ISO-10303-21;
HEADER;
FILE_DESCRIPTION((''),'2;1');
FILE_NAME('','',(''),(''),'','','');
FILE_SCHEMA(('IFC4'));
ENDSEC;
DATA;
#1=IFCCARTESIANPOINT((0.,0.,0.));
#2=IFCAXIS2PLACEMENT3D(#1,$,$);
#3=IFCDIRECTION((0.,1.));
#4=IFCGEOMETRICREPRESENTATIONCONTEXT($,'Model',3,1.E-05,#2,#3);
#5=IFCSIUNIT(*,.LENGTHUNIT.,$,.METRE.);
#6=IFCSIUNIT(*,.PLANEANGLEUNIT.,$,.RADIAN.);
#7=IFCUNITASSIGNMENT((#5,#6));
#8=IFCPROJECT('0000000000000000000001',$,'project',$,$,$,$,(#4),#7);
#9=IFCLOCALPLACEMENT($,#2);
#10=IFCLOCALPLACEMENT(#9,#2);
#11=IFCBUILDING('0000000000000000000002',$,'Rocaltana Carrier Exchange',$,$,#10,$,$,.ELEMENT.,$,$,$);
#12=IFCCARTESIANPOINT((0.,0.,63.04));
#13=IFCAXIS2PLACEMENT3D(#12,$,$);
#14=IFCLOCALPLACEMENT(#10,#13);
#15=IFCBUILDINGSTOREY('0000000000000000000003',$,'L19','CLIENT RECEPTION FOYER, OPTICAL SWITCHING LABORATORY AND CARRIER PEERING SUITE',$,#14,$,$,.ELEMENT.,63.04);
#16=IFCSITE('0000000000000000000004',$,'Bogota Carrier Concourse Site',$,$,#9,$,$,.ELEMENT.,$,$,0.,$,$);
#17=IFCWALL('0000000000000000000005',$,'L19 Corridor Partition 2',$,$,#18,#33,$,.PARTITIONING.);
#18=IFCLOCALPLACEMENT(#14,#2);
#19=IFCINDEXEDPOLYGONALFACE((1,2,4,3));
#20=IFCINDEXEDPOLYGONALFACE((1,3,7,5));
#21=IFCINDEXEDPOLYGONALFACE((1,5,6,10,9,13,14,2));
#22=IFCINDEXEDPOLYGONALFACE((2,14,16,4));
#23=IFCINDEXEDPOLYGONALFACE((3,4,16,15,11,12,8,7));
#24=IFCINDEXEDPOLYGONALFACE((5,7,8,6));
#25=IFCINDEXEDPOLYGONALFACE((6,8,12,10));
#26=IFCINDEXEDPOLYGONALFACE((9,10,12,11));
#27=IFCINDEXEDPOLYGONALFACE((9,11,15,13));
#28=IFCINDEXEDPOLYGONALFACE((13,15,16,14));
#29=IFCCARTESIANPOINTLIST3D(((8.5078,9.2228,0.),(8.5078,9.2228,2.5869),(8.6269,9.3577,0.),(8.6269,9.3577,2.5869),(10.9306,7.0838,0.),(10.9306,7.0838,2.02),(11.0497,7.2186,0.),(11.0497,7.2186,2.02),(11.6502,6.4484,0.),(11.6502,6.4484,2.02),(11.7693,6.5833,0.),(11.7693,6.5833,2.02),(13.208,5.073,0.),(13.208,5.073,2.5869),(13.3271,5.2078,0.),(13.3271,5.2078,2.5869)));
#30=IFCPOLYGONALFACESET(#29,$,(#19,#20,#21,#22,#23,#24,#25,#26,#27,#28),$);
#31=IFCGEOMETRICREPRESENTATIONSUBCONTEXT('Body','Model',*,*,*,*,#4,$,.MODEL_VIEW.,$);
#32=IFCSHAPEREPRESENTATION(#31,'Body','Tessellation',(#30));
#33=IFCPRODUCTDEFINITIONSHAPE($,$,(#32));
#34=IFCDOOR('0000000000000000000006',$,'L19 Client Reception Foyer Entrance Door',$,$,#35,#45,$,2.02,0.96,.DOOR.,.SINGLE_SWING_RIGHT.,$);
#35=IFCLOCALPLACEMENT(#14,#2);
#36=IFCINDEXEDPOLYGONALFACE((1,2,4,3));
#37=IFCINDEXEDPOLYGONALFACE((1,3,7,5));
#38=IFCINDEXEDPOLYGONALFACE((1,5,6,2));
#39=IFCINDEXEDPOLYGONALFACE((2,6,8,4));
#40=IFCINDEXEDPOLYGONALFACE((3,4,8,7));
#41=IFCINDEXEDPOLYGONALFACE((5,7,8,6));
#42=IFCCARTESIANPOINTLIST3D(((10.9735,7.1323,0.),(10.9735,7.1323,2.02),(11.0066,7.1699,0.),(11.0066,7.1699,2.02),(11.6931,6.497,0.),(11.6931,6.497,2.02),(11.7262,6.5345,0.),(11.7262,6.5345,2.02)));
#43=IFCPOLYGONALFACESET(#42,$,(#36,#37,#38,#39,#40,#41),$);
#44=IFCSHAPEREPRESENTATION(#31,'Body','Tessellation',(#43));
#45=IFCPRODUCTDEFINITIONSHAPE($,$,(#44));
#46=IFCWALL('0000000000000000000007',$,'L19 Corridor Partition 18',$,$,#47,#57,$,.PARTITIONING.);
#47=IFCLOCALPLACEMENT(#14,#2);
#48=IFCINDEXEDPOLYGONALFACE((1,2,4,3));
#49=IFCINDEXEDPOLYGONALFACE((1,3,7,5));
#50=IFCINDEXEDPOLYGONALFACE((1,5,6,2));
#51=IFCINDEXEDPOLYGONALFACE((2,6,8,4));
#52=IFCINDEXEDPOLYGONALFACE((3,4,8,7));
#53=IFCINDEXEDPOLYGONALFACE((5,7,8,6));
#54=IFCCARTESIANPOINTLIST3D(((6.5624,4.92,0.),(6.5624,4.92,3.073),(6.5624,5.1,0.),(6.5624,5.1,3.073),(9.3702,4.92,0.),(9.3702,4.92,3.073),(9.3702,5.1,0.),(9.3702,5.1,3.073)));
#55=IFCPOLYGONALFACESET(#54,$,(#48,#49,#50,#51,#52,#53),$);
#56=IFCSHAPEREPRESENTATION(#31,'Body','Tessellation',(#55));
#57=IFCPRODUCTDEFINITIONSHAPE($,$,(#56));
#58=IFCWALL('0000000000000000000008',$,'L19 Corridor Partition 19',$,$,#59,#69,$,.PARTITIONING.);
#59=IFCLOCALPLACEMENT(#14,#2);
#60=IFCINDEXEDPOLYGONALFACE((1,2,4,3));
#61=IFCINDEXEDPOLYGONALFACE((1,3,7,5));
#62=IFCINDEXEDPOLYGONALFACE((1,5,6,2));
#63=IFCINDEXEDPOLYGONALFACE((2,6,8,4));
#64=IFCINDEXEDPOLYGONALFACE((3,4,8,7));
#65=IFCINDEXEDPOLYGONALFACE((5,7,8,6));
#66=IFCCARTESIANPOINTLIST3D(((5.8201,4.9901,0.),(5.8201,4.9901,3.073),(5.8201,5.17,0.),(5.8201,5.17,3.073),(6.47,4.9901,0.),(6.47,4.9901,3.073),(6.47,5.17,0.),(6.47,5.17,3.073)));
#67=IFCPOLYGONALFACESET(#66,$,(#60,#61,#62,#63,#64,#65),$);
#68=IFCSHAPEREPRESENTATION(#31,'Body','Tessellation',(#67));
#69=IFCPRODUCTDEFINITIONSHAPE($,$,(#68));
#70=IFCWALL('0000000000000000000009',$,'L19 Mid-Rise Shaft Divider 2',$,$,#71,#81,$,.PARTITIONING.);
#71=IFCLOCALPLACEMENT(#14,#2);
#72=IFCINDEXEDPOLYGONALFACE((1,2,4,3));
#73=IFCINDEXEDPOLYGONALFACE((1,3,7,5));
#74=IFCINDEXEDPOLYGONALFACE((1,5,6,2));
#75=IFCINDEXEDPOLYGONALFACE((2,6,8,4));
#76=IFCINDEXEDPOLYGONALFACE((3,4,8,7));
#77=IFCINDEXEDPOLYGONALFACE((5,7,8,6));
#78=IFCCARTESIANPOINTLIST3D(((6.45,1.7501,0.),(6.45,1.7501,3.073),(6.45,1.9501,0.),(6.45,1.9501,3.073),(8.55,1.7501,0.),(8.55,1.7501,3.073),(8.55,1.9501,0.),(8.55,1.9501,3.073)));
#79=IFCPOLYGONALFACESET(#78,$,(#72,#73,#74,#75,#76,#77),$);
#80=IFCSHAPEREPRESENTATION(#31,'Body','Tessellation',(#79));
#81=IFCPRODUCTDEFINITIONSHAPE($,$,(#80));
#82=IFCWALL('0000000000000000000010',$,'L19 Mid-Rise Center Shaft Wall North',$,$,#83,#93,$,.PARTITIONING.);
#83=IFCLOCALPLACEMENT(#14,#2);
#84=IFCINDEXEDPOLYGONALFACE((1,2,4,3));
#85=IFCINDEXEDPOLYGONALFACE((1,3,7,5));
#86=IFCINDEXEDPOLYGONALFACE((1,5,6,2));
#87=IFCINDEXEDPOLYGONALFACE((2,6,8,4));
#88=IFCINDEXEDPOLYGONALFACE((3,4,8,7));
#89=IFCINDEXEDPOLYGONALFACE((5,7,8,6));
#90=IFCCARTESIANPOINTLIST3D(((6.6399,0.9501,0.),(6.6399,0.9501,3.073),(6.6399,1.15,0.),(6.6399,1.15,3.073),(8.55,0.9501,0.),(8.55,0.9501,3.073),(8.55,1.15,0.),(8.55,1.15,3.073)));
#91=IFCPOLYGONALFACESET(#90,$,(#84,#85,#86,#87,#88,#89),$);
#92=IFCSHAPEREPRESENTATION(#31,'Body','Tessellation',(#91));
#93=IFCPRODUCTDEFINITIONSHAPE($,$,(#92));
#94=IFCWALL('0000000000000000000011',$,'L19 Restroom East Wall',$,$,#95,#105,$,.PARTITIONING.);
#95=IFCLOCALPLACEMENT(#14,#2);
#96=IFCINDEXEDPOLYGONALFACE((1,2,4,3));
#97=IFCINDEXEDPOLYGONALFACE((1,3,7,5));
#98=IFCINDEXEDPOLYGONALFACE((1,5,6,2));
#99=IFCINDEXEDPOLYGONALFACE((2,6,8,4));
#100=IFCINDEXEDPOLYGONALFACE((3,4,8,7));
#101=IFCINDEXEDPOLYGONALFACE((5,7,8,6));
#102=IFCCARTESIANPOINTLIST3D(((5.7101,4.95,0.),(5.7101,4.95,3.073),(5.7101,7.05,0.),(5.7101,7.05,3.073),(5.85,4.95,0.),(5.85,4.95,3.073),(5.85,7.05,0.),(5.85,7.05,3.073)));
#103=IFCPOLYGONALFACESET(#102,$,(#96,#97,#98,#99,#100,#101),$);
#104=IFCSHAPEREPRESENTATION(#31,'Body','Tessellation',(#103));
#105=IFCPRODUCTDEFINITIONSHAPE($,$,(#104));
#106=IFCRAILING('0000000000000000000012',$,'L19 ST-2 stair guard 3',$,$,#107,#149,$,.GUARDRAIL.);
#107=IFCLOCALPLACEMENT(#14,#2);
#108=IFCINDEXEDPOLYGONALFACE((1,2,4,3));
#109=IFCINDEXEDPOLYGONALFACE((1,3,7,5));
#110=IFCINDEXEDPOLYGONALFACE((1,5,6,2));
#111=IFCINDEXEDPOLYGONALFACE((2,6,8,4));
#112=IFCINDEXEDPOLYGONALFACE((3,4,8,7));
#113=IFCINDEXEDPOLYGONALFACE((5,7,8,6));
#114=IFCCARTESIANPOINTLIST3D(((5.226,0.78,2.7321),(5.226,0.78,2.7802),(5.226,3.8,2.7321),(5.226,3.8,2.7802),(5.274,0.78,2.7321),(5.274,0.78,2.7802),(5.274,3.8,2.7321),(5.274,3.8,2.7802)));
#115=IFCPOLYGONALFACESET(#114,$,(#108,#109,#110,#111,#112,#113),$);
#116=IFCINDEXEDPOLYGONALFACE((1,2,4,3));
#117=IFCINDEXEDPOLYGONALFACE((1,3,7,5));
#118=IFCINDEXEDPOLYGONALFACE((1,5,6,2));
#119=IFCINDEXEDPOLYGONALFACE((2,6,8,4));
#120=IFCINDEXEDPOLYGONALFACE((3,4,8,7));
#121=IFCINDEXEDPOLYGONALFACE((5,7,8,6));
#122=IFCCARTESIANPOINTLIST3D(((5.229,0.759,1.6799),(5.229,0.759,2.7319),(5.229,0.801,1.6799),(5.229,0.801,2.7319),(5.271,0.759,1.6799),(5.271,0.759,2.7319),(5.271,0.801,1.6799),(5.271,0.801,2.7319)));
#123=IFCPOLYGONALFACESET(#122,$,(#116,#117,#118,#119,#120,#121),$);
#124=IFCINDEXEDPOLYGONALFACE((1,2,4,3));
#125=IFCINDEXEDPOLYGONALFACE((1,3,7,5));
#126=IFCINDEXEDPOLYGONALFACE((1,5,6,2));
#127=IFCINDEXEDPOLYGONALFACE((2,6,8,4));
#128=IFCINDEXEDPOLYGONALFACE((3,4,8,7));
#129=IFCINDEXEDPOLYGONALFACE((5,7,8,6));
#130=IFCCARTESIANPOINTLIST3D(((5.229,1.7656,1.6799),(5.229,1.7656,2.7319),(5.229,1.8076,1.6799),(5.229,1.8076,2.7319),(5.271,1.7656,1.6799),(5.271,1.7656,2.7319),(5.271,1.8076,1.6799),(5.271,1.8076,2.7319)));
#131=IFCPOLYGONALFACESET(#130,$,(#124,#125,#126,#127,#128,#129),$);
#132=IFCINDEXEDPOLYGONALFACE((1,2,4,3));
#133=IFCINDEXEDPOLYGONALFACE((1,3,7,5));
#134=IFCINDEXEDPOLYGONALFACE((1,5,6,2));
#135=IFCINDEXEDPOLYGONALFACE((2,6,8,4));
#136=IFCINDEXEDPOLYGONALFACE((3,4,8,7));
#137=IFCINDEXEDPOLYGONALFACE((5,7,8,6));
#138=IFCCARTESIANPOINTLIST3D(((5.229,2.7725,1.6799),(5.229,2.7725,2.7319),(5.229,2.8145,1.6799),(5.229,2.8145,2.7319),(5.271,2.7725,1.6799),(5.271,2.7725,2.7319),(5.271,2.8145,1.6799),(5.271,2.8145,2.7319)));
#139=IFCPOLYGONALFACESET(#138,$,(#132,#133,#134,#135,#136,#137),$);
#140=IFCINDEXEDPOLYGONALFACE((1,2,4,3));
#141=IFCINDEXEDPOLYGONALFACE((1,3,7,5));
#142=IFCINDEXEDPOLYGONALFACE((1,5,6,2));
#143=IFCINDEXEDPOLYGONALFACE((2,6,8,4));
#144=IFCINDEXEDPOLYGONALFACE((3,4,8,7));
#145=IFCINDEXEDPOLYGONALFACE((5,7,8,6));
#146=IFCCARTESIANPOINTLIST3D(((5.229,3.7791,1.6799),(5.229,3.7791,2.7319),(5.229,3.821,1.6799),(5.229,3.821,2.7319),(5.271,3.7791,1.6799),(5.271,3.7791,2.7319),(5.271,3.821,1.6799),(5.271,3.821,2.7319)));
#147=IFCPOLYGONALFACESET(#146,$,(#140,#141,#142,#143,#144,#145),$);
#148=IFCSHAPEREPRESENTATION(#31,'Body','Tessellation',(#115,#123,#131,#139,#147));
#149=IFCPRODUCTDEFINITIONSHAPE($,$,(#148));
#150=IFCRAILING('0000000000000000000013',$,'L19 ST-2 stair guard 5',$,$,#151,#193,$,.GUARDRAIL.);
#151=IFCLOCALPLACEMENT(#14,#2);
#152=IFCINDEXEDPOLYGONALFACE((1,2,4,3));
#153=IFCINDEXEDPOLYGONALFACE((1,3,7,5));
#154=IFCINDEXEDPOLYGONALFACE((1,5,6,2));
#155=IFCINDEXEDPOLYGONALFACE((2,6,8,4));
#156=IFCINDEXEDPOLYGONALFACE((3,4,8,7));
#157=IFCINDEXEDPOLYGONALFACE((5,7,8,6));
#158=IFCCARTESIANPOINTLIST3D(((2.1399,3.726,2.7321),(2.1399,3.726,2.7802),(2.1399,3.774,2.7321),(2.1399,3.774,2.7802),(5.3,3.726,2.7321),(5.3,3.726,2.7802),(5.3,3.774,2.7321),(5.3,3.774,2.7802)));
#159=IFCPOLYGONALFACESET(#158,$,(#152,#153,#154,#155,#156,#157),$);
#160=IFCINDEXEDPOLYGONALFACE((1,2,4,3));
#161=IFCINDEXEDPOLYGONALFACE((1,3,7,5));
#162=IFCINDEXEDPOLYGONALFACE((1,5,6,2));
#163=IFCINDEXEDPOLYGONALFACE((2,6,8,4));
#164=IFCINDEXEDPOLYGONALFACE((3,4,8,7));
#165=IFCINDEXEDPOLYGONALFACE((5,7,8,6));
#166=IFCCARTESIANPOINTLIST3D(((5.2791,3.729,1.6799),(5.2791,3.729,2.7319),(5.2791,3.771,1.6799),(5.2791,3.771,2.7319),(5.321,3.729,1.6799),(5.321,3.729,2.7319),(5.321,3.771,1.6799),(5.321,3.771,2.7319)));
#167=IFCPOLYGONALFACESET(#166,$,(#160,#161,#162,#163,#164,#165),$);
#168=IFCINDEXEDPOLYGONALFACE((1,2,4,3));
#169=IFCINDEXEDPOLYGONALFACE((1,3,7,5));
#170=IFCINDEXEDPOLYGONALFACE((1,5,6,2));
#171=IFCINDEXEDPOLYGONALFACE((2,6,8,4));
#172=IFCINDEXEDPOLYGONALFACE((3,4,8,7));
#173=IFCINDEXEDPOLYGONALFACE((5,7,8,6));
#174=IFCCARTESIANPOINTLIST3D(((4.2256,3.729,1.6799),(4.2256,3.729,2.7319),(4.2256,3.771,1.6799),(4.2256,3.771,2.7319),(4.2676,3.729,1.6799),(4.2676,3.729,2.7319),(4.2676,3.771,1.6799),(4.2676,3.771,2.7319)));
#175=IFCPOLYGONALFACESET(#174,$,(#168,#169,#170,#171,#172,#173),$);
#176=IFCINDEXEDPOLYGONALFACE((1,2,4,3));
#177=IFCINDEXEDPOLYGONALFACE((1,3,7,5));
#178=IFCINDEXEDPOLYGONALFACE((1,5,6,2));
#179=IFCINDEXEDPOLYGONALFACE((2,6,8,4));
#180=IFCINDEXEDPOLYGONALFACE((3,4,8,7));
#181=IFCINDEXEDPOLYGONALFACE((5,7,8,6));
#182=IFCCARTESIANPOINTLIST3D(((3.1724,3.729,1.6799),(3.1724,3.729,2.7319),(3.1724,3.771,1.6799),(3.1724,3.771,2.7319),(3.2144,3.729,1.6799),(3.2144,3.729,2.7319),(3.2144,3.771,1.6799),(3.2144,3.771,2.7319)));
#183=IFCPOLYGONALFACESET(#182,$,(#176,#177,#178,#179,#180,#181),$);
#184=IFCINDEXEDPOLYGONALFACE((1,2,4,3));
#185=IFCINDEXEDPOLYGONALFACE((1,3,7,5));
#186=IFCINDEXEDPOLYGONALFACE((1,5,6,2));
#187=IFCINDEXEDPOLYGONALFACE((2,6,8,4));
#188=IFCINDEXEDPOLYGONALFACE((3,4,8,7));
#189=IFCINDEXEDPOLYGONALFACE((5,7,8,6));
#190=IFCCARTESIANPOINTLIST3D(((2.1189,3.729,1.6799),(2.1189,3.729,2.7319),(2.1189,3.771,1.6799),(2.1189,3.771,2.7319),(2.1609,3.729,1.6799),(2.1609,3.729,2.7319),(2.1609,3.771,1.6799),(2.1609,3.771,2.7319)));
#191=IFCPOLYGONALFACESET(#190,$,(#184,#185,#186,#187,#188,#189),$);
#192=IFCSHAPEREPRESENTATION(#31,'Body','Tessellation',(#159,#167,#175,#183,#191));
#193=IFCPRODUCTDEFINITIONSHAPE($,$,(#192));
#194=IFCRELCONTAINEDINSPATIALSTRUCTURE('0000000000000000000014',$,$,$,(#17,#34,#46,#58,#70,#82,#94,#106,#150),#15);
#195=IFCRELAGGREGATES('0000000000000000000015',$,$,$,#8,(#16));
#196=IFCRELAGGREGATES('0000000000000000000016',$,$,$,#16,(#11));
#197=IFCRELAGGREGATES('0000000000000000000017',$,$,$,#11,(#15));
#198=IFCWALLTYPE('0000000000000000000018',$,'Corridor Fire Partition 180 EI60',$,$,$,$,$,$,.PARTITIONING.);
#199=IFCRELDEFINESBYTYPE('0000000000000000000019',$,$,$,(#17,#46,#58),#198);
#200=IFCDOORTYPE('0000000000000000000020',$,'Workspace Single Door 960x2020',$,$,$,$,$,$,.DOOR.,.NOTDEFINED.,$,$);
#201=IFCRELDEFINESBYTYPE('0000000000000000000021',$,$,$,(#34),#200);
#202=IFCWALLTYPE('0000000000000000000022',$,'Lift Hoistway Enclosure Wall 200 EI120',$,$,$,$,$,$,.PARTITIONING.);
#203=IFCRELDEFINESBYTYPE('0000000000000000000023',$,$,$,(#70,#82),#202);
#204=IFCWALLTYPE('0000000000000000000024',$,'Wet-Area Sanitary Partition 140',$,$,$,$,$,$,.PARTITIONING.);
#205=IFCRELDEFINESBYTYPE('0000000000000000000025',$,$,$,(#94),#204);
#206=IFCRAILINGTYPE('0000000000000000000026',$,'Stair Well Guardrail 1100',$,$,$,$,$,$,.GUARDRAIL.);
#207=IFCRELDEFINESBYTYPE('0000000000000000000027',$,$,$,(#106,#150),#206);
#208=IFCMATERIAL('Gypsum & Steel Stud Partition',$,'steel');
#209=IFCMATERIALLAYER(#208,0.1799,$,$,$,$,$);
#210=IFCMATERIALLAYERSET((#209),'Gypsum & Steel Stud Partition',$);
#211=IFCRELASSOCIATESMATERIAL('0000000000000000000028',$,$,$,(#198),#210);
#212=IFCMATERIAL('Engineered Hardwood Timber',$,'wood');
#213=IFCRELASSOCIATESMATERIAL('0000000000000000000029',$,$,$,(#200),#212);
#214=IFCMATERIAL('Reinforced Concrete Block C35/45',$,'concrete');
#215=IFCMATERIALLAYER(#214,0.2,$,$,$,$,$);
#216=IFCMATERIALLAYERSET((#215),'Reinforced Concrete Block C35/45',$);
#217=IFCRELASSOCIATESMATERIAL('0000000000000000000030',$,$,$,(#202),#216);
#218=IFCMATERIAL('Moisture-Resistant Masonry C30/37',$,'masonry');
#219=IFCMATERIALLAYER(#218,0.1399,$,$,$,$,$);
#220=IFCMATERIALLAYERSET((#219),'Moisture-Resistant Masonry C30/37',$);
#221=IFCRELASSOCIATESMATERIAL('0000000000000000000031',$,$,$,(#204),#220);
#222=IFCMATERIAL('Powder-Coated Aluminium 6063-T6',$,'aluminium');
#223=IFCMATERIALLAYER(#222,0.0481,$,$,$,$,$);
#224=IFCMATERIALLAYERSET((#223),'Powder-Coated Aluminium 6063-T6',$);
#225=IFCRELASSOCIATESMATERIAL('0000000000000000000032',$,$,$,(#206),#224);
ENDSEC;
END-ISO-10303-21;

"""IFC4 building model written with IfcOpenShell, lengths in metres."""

from ifc_helpers import new_model, si_unit, direction, frame, frame_2d, origin, origin_2d, place, context, subcontext, project, spatial, rectangle, extrude, material, layer, layer_set, type_object, element, fill, save


model = new_model("IFC4")

# Units and contexts
model_context = context("Model", 3, precision=1e-05, world=origin(), true_north=direction((0.0, 1.0)))
body_context = subcontext(model_context, "Body", "Model", "MODEL_VIEW")
ifc_project = project(units=[si_unit("LENGTHUNIT", "METRE"), si_unit("PLANEANGLEUNIT", "RADIAN")], contexts=[model_context])

# Site, building, storey
site_placement = place(None, origin())
site = spatial("IfcSite", under=ifc_project, at=site_placement, Name="Bogota Carrier Concourse Site", CompositionType="ELEMENT", RefElevation=0.0)
building_placement = place(site_placement, origin())
building = spatial("IfcBuilding", under=site, at=building_placement, Name="Rocaltana Carrier Exchange", CompositionType="ELEMENT")
storey_placement = place(building_placement, frame((0.0, 0.0, 63.04)))
storey = spatial("IfcBuildingStorey", under=building, at=storey_placement, Name="L19", Description="CLIENT RECEPTION FOYER, OPTICAL SWITCHING LABORATORY AND CARRIER PEERING SUITE", CompositionType="ELEMENT", Elevation=63.04)

# Wall, opening, door
ifc_material_1 = material(Name="Gypsum & Steel Stud Partition", Category="steel")
ifc_layer_1 = layer(ifc_material_1, 0.1799)
ifc_layer_set_1 = layer_set([ifc_layer_1], Name="Gypsum & Steel Stud Partition")
wall_type_1 = type_object("IfcWallType", Name="Corridor Fire Partition 180 EI60", PredefinedType="PARTITIONING", material=ifc_layer_set_1)
wall_1_placement = place(storey_placement, frame((8.5674, 9.2903, 0.0), z_axis=(0.0, 0.0, 1.0), x_axis=(0.749626, -0.661861, 0.0)))
wall_1 = element("IfcWall", 1, at=wall_1_placement, inside=storey, type_object=wall_type_1, Name="L19 Corridor Partition 2", PredefinedType="PARTITIONING", context=body_context, shape_type="SweptSolid", body=[
    extrude(rectangle(XDim=6.27, YDim=0.1799, at=frame_2d((3.135, 0.0))), origin(), (0.0, 0.0, 1.0), 2.5869),
])
opening_placement = place(wall_1_placement, frame((3.2319, 0.0, 0.0)))
opening = element("IfcOpeningElement", 2, at=opening_placement, cuts=wall_1, PredefinedType="OPENING", context=body_context, shape_type="SweptSolid", body=[
    extrude(rectangle(XDim=0.96, YDim=2.02, at=frame_2d((0.48, 1.01))), frame((0.0, 0.0999, 0.0), z_axis=(0.0, -1.0, 0.0), x_axis=(1.0, 0.0, 0.0)), (0.0, 0.0, 1.0), 0.2),
])
ifc_material_2 = material(Name="Engineered Hardwood Timber", Category="wood")
door_type = type_object("IfcDoorType", Name="Workspace Single Door 960x2020", OperationType="NOTDEFINED", PredefinedType="DOOR", material=ifc_material_2)
door_placement = place(opening_placement, origin())
door = element("IfcDoor", 3, at=door_placement, inside=storey, type_object=door_type, Name="L19 Client Reception Foyer Entrance Door", OperationType="SINGLE_SWING_RIGHT", OverallHeight=2.02, OverallWidth=0.96, PredefinedType="DOOR", context=body_context, shape_type="SweptSolid", body=[
    extrude(rectangle(XDim=0.96, YDim=2.02, at=frame_2d((0.48, 1.01))), frame((0.0, 0.0249, 0.0), z_axis=(0.0, -1.0, 0.0), x_axis=(1.0, 0.0, 0.0)), (0.0, 0.0, 1.0), 0.05),
])
fill(opening, door)

# Walls
wall_2_placement = place(storey_placement, frame((9.3701, 5.01, 0.0), z_axis=(0.0, 0.0, 1.0), x_axis=(-1.0, 0.0, 0.0)))
element("IfcWall", 4, at=wall_2_placement, inside=storey, type_object=wall_type_1, Name="L19 Corridor Partition 18", PredefinedType="PARTITIONING", context=body_context, shape_type="SweptSolid", body=[
    extrude(rectangle(XDim=2.8079, YDim=0.1799, at=frame_2d((1.4038, 0.0))), origin(), (0.0, 0.0, 1.0), 3.073),
])
wall_3_placement = place(storey_placement, frame((6.47, 5.0801, 0.0), z_axis=(0.0, 0.0, 1.0), x_axis=(-1.0, 0.0, 0.0)))
element("IfcWall", 5, at=wall_3_placement, inside=storey, type_object=wall_type_1, Name="L19 Corridor Partition 19", PredefinedType="PARTITIONING", context=body_context, shape_type="SweptSolid", body=[
    extrude(rectangle(XDim=0.6499, YDim=0.1799, at=frame_2d((0.325, 0.0))), origin(), (0.0, 0.0, 1.0), 3.073),
])
ifc_material_3 = material(Name="Reinforced Concrete Block C35/45", Category="concrete")
ifc_layer_2 = layer(ifc_material_3, 0.2)
ifc_layer_set_2 = layer_set([ifc_layer_2], Name="Reinforced Concrete Block C35/45")
wall_type_2 = type_object("IfcWallType", Name="Lift Hoistway Enclosure Wall 200 EI120", PredefinedType="PARTITIONING", material=ifc_layer_set_2)
wall_4_placement = place(storey_placement, frame((6.45, 1.8501, 0.0), z_axis=(0.0, 0.0, 1.0), x_axis=(1.0, 0.0, 0.0)))
element("IfcWall", 6, at=wall_4_placement, inside=storey, type_object=wall_type_2, Name="L19 Mid-Rise Shaft Divider 2", PredefinedType="PARTITIONING", context=body_context, shape_type="SweptSolid", body=[
    extrude(rectangle(XDim=2.1001, YDim=0.2, at=frame_2d((1.05, 0.0))), origin(), (0.0, 0.0, 1.0), 3.073),
])
wall_5_placement = place(storey_placement, frame((6.6399, 1.05, 0.0), z_axis=(0.0, 0.0, 1.0), x_axis=(1.0, 0.0, 0.0)))
element("IfcWall", 7, at=wall_5_placement, inside=storey, type_object=wall_type_2, Name="L19 Mid-Rise Center Shaft Wall North", PredefinedType="PARTITIONING", context=body_context, shape_type="SweptSolid", body=[
    extrude(rectangle(XDim=1.9102, YDim=0.2, at=frame_2d((0.9551, 0.0))), origin(), (0.0, 0.0, 1.0), 3.073),
])
ifc_material_4 = material(Name="Moisture-Resistant Masonry C30/37", Category="masonry")
ifc_layer_3 = layer(ifc_material_4, 0.1399)
ifc_layer_set_3 = layer_set([ifc_layer_3], Name="Moisture-Resistant Masonry C30/37")
wall_type_3 = type_object("IfcWallType", Name="Wet-Area Sanitary Partition 140", PredefinedType="PARTITIONING", material=ifc_layer_set_3)
wall_6_placement = place(storey_placement, frame((5.78, 4.95, 0.0), z_axis=(0.0, 0.0, 1.0), x_axis=(0.0, 1.0, 0.0)))
element("IfcWall", 8, at=wall_6_placement, inside=storey, type_object=wall_type_3, Name="L19 Restroom East Wall", PredefinedType="PARTITIONING", context=body_context, shape_type="SweptSolid", body=[
    extrude(rectangle(XDim=2.1001, YDim=0.1399, at=frame_2d((1.05, 0.0))), origin(), (0.0, 0.0, 1.0), 3.073),
])

# Railings
ifc_material_5 = material(Name="Powder-Coated Aluminium 6063-T6", Category="aluminium")
ifc_layer_4 = layer(ifc_material_5, 0.0481)
ifc_layer_set_4 = layer_set([ifc_layer_4], Name="Powder-Coated Aluminium 6063-T6")
railing_type = type_object("IfcRailingType", Name="Stair Well Guardrail 1100", PredefinedType="GUARDRAIL", material=ifc_layer_set_4)
railing_1_placement = place(storey_placement, frame((5.25, 0.78, 1.6799)))
element("IfcRailing", 9, at=railing_1_placement, inside=storey, type_object=railing_type, Name="L19 ST-2 stair guard 3", PredefinedType="GUARDRAIL", context=body_context, shape_type="SweptSolid", body=[
    extrude(rectangle(XDim=0.0481, YDim=0.0481, at=origin_2d()), frame((0.0, 0.0, 1.0762), z_axis=(0.0, 1.0, 0.0), x_axis=(-1.0, 0.0, 0.0)), (0.0, 0.0, 1.0), 3.02),
    extrude(rectangle(XDim=0.042, YDim=0.042, at=origin_2d()), origin(), (0.0, 0.0, 1.0), 1.052),
    extrude(rectangle(XDim=0.042, YDim=0.042, at=origin_2d()), frame((0.0, 1.0066, 0.0)), (0.0, 0.0, 1.0), 1.052),
    extrude(rectangle(XDim=0.042, YDim=0.042, at=origin_2d()), frame((0.0, 2.0134, 0.0)), (0.0, 0.0, 1.0), 1.052),
    extrude(rectangle(XDim=0.042, YDim=0.042, at=origin_2d()), frame((0.0, 3.02, 0.0)), (0.0, 0.0, 1.0), 1.052),
])
railing_2_placement = place(storey_placement, frame((5.3, 3.75, 1.6799)))
element("IfcRailing", 10, at=railing_2_placement, inside=storey, type_object=railing_type, Name="L19 ST-2 stair guard 5", PredefinedType="GUARDRAIL", context=body_context, shape_type="SweptSolid", body=[
    extrude(rectangle(XDim=0.0481, YDim=0.0481, at=origin_2d()), frame((0.0, 0.0, 1.0762), z_axis=(-1.0, 0.0, 0.0), x_axis=(0.0, -1.0, 0.0)), (0.0, 0.0, 1.0), 3.1602),
    extrude(rectangle(XDim=0.042, YDim=0.042, at=origin_2d()), origin(), (0.0, 0.0, 1.0), 1.052),
    extrude(rectangle(XDim=0.042, YDim=0.042, at=origin_2d()), frame((-1.0535, 0.0, 0.0)), (0.0, 0.0, 1.0), 1.052),
    extrude(rectangle(XDim=0.042, YDim=0.042, at=origin_2d()), frame((-2.1067, 0.0, 0.0)), (0.0, 0.0, 1.0), 1.052),
    extrude(rectangle(XDim=0.042, YDim=0.042, at=origin_2d()), frame((-3.1602, 0.0, 0.0)), (0.0, 0.0, 1.0), 1.052),
])

save(model, "model.ifc")
